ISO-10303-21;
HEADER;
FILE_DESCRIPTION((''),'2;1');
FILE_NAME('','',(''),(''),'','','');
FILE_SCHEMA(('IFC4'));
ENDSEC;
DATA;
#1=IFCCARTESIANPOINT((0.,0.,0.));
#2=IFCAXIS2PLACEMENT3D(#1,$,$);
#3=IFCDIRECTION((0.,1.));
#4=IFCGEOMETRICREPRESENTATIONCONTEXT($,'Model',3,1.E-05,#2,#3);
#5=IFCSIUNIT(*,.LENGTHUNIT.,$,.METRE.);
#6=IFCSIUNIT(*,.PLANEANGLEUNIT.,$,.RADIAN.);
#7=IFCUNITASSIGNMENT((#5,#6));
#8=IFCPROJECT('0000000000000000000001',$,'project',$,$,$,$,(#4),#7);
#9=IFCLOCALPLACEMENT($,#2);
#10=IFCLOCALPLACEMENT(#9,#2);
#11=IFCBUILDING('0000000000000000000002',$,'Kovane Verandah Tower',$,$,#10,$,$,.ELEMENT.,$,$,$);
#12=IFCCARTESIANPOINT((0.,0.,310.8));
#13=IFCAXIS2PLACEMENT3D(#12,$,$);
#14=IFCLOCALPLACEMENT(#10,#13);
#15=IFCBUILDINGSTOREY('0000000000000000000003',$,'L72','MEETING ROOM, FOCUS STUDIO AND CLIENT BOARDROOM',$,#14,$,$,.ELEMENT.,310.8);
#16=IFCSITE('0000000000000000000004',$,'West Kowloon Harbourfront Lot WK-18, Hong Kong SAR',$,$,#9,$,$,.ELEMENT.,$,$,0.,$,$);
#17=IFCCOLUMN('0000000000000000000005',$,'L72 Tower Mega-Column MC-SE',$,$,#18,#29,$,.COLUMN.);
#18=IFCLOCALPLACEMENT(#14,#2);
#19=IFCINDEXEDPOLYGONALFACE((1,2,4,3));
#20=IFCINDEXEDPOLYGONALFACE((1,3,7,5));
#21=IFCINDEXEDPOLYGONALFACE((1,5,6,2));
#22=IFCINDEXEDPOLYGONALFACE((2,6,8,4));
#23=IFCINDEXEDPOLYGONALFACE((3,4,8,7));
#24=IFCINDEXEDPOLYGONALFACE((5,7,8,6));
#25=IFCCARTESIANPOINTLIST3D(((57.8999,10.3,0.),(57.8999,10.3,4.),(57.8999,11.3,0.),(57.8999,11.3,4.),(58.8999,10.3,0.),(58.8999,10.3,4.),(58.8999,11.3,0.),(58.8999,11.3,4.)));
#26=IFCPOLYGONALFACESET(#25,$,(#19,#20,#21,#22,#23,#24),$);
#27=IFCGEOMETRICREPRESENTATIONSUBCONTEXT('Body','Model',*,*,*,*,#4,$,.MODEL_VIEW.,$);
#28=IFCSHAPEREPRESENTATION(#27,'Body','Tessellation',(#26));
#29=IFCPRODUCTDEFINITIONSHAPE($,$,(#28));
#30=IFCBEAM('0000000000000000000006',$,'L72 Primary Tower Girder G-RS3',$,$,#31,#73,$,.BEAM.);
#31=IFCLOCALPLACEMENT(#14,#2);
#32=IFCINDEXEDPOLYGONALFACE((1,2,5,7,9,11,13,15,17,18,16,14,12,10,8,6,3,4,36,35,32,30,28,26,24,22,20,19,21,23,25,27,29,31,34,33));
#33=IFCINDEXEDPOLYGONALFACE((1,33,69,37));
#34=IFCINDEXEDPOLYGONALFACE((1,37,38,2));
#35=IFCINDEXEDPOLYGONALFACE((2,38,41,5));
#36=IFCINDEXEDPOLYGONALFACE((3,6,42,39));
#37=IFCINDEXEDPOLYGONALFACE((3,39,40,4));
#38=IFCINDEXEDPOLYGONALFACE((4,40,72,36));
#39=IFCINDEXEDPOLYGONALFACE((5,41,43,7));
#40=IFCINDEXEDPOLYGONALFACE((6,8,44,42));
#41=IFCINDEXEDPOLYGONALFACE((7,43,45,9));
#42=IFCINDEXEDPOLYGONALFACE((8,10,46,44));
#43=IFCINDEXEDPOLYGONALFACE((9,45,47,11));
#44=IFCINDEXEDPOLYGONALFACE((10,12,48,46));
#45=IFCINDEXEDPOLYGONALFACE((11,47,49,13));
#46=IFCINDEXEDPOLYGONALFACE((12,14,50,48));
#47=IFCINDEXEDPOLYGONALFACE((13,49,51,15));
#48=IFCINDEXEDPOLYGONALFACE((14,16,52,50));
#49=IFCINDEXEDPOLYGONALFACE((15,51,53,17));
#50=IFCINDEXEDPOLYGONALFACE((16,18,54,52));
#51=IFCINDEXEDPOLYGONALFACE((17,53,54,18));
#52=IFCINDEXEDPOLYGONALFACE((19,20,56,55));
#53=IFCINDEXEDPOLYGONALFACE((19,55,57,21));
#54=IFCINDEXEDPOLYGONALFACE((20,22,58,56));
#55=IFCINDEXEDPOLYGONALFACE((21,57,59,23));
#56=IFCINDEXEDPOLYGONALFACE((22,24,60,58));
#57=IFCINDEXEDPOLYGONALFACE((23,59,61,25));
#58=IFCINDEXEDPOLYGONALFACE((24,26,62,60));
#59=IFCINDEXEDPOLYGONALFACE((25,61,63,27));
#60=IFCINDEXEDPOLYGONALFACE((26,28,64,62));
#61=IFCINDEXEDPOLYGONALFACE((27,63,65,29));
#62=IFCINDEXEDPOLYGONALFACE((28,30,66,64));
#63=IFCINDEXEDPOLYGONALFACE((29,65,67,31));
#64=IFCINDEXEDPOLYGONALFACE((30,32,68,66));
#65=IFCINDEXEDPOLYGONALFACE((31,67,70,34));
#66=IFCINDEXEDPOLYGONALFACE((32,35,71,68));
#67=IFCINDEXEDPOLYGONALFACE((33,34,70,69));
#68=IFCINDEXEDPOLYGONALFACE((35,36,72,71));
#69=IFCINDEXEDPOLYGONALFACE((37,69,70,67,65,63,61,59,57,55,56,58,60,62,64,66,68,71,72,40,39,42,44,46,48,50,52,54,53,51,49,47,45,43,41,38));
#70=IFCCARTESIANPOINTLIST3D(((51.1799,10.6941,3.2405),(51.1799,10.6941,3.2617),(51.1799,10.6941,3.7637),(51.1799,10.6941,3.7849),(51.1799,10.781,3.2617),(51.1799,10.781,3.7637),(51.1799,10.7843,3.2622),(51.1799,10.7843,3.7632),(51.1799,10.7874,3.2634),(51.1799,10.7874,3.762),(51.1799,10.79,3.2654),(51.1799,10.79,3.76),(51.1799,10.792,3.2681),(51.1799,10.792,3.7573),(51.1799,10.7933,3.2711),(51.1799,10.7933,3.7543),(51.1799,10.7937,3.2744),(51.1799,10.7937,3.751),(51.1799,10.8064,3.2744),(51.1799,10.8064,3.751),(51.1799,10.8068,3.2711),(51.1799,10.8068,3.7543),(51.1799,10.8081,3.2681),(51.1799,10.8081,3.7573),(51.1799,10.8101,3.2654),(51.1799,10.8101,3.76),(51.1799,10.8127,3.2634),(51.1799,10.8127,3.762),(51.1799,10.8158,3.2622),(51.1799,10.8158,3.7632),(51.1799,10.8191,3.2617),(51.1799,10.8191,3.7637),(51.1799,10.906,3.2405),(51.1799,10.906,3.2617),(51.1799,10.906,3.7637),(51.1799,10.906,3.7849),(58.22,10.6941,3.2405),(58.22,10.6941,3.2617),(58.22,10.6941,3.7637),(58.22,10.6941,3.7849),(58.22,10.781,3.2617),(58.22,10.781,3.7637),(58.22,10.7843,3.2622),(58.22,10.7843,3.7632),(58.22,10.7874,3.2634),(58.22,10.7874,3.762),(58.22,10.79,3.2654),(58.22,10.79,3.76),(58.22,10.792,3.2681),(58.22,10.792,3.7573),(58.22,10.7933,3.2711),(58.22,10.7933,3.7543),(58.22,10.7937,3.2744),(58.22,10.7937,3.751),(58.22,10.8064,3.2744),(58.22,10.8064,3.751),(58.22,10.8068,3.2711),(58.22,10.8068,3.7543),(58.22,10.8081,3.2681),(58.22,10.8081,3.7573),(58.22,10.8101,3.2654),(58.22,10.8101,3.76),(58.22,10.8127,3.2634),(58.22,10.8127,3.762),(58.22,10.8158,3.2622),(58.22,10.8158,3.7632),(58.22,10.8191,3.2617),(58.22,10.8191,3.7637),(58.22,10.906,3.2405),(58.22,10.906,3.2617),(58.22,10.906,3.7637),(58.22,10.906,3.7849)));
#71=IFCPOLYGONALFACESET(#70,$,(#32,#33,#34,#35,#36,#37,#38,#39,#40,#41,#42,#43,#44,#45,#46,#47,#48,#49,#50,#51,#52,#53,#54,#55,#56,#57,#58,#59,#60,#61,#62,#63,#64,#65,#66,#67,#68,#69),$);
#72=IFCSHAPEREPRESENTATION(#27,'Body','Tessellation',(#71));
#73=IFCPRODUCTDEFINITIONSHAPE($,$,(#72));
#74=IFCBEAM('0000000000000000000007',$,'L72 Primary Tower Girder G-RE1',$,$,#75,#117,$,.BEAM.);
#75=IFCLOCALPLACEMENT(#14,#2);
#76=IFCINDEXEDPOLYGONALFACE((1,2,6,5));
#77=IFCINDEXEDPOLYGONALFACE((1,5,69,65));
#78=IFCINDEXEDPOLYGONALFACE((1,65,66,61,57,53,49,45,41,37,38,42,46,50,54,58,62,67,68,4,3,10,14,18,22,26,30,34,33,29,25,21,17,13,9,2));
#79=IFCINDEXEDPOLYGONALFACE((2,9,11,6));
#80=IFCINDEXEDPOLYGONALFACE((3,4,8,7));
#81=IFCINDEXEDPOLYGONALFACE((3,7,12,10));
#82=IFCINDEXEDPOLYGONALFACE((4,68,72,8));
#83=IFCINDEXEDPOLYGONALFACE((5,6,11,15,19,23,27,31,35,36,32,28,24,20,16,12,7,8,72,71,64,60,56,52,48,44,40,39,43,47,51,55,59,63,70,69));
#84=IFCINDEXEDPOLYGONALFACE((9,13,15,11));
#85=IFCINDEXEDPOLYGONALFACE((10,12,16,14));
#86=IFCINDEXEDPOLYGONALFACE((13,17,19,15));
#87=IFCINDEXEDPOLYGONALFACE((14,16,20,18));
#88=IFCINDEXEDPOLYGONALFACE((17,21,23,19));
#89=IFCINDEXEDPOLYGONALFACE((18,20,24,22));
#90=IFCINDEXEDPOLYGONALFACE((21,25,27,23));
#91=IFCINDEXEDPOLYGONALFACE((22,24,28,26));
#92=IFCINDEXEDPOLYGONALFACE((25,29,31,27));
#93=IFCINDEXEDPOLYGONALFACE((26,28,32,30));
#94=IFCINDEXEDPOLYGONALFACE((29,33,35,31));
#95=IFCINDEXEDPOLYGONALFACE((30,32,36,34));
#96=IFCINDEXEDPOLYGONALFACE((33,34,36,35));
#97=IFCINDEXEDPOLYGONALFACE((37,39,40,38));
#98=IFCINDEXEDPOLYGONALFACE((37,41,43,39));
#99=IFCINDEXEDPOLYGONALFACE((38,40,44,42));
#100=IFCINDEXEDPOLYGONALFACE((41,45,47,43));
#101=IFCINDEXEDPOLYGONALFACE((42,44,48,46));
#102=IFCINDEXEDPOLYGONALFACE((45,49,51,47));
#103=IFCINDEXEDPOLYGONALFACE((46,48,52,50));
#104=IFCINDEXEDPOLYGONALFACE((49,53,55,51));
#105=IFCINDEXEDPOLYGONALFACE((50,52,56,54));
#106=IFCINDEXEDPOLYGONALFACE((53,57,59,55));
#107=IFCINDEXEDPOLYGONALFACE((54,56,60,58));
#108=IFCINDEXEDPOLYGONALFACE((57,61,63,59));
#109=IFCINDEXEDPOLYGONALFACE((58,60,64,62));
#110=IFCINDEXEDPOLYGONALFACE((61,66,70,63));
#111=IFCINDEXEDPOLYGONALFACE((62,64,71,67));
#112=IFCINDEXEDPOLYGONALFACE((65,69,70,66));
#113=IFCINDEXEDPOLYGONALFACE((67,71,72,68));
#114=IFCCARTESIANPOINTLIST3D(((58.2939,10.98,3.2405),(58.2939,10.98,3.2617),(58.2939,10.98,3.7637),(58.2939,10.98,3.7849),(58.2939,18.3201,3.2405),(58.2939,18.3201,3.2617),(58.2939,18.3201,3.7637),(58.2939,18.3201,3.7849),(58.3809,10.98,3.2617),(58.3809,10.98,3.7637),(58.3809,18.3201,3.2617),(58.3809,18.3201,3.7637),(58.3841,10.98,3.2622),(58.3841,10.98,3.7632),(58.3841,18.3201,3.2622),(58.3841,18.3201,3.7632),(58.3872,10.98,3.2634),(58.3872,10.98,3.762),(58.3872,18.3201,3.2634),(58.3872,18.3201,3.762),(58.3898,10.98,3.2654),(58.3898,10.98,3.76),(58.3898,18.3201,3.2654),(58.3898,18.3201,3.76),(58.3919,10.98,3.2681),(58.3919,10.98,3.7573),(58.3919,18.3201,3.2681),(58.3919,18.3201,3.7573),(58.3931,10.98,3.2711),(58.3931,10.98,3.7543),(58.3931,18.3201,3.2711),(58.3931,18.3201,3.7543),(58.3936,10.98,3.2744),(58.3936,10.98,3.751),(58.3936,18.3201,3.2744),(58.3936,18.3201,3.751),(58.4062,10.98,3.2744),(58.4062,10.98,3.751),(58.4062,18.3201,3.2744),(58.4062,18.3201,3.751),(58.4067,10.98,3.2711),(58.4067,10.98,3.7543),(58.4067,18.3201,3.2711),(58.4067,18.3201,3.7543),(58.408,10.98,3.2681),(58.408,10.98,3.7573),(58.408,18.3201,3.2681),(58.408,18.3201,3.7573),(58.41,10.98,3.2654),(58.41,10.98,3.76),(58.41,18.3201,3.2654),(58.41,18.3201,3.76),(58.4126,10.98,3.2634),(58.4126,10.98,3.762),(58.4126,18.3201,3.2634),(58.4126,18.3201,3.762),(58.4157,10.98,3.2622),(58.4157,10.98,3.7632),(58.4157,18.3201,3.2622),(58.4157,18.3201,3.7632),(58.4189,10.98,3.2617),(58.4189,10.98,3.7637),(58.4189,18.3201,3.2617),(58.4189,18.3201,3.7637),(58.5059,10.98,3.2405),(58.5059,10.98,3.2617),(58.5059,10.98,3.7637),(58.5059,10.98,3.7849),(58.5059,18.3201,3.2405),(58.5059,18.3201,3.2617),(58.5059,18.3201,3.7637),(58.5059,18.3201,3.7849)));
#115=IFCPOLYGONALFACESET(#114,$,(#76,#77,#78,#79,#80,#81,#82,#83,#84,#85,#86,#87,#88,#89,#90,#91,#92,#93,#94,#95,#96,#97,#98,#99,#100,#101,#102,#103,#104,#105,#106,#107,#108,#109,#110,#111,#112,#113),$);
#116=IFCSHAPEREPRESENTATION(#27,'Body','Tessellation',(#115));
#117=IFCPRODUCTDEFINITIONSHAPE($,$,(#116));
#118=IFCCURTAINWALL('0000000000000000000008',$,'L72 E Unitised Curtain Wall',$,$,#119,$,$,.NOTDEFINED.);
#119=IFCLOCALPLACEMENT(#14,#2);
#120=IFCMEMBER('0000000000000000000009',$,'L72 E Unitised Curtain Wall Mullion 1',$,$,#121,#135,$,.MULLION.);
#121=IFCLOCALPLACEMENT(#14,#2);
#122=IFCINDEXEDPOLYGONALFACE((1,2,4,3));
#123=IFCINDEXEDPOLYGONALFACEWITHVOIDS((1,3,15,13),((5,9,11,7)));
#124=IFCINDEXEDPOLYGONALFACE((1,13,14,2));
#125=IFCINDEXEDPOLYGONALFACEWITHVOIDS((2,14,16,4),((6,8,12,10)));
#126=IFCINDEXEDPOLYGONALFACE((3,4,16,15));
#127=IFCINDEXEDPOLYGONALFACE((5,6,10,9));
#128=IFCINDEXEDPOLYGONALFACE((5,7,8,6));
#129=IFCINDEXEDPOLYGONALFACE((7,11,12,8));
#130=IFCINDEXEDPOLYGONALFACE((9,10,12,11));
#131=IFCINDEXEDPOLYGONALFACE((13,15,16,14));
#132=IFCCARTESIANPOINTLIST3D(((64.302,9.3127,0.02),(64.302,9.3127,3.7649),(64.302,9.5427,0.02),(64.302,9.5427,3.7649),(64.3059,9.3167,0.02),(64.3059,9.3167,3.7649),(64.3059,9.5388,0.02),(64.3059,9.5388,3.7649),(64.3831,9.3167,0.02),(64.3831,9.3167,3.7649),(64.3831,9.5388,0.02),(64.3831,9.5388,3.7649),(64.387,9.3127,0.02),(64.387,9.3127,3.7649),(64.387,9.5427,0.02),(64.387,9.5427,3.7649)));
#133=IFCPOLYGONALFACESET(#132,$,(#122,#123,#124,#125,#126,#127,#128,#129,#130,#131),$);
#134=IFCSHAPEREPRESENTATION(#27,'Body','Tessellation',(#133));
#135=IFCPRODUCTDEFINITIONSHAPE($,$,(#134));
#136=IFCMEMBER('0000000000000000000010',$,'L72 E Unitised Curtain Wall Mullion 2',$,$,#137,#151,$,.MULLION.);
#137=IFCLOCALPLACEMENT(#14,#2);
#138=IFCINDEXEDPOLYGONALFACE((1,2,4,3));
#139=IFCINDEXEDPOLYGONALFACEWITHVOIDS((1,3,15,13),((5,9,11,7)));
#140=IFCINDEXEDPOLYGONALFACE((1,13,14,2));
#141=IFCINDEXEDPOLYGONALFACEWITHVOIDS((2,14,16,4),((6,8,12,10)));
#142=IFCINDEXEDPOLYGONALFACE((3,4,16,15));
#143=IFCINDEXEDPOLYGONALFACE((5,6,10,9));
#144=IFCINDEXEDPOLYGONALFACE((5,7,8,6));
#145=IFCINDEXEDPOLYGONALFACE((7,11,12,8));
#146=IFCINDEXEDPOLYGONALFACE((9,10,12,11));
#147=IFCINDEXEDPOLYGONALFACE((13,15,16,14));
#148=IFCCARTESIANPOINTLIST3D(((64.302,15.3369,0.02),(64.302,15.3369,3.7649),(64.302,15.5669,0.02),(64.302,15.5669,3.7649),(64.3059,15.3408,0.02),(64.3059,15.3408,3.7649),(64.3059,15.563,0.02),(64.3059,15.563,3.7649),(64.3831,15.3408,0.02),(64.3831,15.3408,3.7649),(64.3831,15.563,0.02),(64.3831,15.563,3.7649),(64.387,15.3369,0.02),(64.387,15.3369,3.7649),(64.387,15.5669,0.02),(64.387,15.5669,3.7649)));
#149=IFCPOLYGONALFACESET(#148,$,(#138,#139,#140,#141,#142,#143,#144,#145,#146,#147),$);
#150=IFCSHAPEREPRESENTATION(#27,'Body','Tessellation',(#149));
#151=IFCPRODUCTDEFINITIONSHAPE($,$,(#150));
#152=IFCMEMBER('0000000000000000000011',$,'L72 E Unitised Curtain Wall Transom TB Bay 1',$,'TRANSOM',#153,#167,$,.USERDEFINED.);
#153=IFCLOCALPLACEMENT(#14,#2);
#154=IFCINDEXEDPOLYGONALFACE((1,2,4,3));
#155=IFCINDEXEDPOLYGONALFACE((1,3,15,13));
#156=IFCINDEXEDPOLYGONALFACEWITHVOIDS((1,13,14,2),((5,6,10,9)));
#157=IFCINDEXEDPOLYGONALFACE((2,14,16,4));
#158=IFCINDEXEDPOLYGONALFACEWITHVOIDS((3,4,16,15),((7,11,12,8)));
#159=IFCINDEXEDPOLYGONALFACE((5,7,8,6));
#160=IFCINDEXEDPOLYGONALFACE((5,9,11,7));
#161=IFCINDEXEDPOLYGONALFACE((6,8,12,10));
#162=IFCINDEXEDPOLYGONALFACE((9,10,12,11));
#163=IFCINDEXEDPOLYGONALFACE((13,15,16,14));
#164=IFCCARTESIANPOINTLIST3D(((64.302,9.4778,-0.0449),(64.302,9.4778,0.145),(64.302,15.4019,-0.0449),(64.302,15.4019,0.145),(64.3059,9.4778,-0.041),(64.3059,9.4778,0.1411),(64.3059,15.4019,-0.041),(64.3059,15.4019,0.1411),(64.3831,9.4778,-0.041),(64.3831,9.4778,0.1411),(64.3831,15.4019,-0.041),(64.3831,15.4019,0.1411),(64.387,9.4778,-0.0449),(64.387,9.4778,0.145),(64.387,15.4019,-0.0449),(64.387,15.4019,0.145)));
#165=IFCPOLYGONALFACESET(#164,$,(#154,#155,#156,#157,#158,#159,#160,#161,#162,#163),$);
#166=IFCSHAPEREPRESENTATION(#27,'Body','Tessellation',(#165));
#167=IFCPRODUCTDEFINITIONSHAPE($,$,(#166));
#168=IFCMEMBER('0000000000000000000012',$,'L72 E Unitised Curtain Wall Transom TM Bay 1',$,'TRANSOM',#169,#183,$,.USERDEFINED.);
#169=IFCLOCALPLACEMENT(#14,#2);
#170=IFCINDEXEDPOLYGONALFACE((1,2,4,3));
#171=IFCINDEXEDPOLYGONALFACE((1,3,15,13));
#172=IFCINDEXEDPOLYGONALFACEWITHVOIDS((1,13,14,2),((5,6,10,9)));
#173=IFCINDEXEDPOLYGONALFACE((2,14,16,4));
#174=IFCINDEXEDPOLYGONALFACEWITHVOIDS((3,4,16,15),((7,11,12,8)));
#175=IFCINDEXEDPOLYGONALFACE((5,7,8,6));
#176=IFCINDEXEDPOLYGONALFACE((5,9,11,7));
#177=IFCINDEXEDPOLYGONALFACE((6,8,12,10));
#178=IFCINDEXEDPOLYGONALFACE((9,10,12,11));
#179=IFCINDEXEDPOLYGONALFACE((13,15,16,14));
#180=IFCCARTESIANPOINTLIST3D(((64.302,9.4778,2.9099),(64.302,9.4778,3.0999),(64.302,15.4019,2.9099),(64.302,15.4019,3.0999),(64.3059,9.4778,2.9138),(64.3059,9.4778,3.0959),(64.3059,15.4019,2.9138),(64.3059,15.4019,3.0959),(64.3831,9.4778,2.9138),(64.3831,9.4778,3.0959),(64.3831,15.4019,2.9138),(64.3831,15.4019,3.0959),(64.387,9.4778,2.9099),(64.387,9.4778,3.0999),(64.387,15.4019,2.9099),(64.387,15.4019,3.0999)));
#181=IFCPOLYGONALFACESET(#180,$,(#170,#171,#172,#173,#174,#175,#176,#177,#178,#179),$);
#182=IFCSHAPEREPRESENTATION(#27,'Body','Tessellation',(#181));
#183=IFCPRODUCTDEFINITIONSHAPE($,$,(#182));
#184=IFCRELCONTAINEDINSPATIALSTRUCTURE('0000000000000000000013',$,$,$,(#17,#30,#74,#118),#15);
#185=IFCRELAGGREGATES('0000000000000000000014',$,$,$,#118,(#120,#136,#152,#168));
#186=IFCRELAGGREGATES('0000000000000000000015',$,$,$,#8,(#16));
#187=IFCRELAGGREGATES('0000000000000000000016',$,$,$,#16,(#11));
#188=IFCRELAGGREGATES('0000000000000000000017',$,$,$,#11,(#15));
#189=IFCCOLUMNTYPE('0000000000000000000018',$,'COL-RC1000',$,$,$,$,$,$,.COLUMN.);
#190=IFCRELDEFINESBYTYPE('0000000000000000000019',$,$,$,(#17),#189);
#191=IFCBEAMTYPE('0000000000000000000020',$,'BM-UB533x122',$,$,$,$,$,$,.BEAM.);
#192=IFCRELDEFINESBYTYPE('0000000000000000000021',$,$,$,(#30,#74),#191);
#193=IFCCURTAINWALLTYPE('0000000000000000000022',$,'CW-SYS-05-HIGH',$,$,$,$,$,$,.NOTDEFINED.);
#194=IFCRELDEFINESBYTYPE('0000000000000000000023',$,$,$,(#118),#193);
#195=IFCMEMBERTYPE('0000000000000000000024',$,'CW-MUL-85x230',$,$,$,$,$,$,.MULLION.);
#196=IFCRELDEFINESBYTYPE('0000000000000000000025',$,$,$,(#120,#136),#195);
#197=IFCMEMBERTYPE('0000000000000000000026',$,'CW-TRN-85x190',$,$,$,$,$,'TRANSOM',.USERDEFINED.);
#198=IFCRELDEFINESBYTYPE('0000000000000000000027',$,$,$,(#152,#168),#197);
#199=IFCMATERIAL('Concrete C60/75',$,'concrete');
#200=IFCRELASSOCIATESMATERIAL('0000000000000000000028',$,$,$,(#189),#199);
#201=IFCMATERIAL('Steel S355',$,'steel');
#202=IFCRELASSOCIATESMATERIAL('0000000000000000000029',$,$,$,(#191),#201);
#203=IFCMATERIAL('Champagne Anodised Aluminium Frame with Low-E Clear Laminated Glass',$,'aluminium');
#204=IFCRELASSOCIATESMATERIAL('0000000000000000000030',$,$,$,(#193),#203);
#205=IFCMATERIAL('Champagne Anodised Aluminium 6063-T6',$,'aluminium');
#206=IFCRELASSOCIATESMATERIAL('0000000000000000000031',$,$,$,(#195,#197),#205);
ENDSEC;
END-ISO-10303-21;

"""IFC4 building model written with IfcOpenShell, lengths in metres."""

from ifc_helpers import new_model, si_unit, direction, frame, origin, origin_2d, place, context, subcontext, project, spatial, rectangle, hollow_rectangle, i_section, extrude, material, material_profile, profile_set, type_object, element, aggregate, save


model = new_model("IFC4")

# Units and contexts
model_context = context("Model", 3, precision=1e-05, world=origin(), true_north=direction((0.0, 1.0)))
body_context = subcontext(model_context, "Body", "Model", "MODEL_VIEW")
ifc_project = project(units=[si_unit("LENGTHUNIT", "METRE"), si_unit("PLANEANGLEUNIT", "RADIAN")], contexts=[model_context])

# Site, building, storey
site_placement = place(None, origin())
site = spatial("IfcSite", under=ifc_project, at=site_placement, Name="West Kowloon Harbourfront Lot WK-18, Hong Kong SAR", CompositionType="ELEMENT", RefElevation=0.0)
building_placement = place(site_placement, origin())
building = spatial("IfcBuilding", under=site, at=building_placement, Name="Kovane Verandah Tower", CompositionType="ELEMENT")
storey_placement = place(building_placement, frame((0.0, 0.0, 310.8)))
storey = spatial("IfcBuildingStorey", under=building, at=storey_placement, Name="L72", Description="MEETING ROOM, FOCUS STUDIO AND CLIENT BOARDROOM", CompositionType="ELEMENT", Elevation=310.8)

# Column
ifc_material_1 = material(Name="Concrete C60/75", Category="concrete")
ifc_material_profile_1 = material_profile(ifc_material_1, rectangle(XDim=1.0, YDim=1.0, at=origin_2d()), Name="RC1000x1000")
ifc_profile_set_1 = profile_set([ifc_material_profile_1], Name="Concrete C60/75")
column_type = type_object("IfcColumnType", Name="COL-RC1000", PredefinedType="COLUMN", material=ifc_profile_set_1)
column_placement = place(storey_placement, frame((58.3999, 10.8, 0.0), z_axis=(0.0, 0.0, 1.0), x_axis=(1.0, 0.0, 0.0)))
element("IfcColumn", 1, at=column_placement, inside=storey, type_object=column_type, Name="L72 Tower Mega-Column MC-SE", PredefinedType="COLUMN", context=body_context, shape_type="SweptSolid", body=[
    extrude(rectangle(XDim=1.0, YDim=1.0, at=origin_2d()), origin(), (0.0, 0.0, 1.0), 4.0),
])

# Beams
ifc_material_2 = material(Name="Steel S355", Category="steel")
ifc_material_profile_2 = material_profile(ifc_material_2, i_section(OverallWidth=0.2119, OverallDepth=0.5444, WebThickness=0.0127, FlangeThickness=0.0212, FilletRadius=0.0127, at=origin_2d()), Name="UB533x210x122")
ifc_profile_set_2 = profile_set([ifc_material_profile_2], Name="Steel S355")
beam_type_1 = type_object("IfcBeamType", Name="BM-UB533x122", PredefinedType="BEAM", material=ifc_profile_set_2)
beam_1_placement = place(storey_placement, frame((51.1799, 10.8, 3.5127), z_axis=(1.0, 0.0, 0.0), x_axis=(0.0, 1.0, 0.0)))
element("IfcBeam", 2, at=beam_1_placement, inside=storey, type_object=beam_type_1, Name="L72 Primary Tower Girder G-RS3", PredefinedType="BEAM", context=body_context, shape_type="SweptSolid", body=[
    extrude(i_section(OverallWidth=0.2119, OverallDepth=0.5444, WebThickness=0.0127, FlangeThickness=0.0212, FilletRadius=0.0127, at=origin_2d()), origin(), (0.0, 0.0, 1.0), 7.04),
])
beam_2_placement = place(storey_placement, frame((58.3999, 10.98, 3.5127), z_axis=(0.0, 1.0, 0.0), x_axis=(-1.0, 0.0, 0.0)))
element("IfcBeam", 3, at=beam_2_placement, inside=storey, type_object=beam_type_1, Name="L72 Primary Tower Girder G-RE1", PredefinedType="BEAM", context=body_context, shape_type="SweptSolid", body=[
    extrude(i_section(OverallWidth=0.2119, OverallDepth=0.5444, WebThickness=0.0127, FlangeThickness=0.0212, FilletRadius=0.0127, at=origin_2d()), origin(), (0.0, 0.0, 1.0), 7.3401),
])

# Curtain wall, members
ifc_material_3 = material(Name="Champagne Anodised Aluminium Frame with Low-E Clear Laminated Glass", Category="aluminium")
curtain_wall_type = type_object("IfcCurtainWallType", Name="CW-SYS-05-HIGH", PredefinedType="NOTDEFINED", material=ifc_material_3)
curtain_wall_placement = place(storey_placement, origin())
curtain_wall = element("IfcCurtainWall", 4, at=curtain_wall_placement, inside=storey, type_object=curtain_wall_type, Name="L72 E Unitised Curtain Wall", PredefinedType="NOTDEFINED")
ifc_material_4 = material(Name="Champagne Anodised Aluminium 6063-T6", Category="aluminium")
ifc_material_profile_3 = material_profile(ifc_material_4, hollow_rectangle(XDim=0.085, YDim=0.23, WallThickness=0.0039, at=origin_2d()), Name="AL85x230x4")
ifc_profile_set_3 = profile_set([ifc_material_profile_3], Name="Champagne Anodised Aluminium 6063-T6")
member_type_1 = type_object("IfcMemberType", Name="CW-MUL-85x230", PredefinedType="MULLION", material=ifc_profile_set_3)
member_1_placement = place(storey_placement, frame((64.3445, 9.4277, 0.02), z_axis=(0.0, 0.0, 1.0), x_axis=(1.0, 0.0, 0.0)))
member_1 = element("IfcMember", 5, at=member_1_placement, type_object=member_type_1, Name="L72 E Unitised Curtain Wall Mullion 1", PredefinedType="MULLION", context=body_context, shape_type="SweptSolid", body=[
    extrude(hollow_rectangle(XDim=0.085, YDim=0.23, WallThickness=0.0039, at=origin_2d()), origin(), (0.0, 0.0, 1.0), 3.7449),
])
member_2_placement = place(storey_placement, frame((64.3445, 15.4519, 0.02), z_axis=(0.0, 0.0, 1.0), x_axis=(1.0, 0.0, 0.0)))
member_2 = element("IfcMember", 6, at=member_2_placement, type_object=member_type_1, Name="L72 E Unitised Curtain Wall Mullion 2", PredefinedType="MULLION", context=body_context, shape_type="SweptSolid", body=[
    extrude(hollow_rectangle(XDim=0.085, YDim=0.23, WallThickness=0.0039, at=origin_2d()), origin(), (0.0, 0.0, 1.0), 3.7449),
])
ifc_material_profile_4 = material_profile(ifc_material_4, hollow_rectangle(XDim=0.085, YDim=0.1899, WallThickness=0.0039, at=origin_2d()), Name="AL85x190x4")
ifc_profile_set_4 = profile_set([ifc_material_profile_4], Name="Champagne Anodised Aluminium 6063-T6")
member_type_2 = type_object("IfcMemberType", Name="CW-TRN-85x190", ElementType="TRANSOM", PredefinedType="USERDEFINED", material=ifc_profile_set_4)
member_3_placement = place(storey_placement, frame((64.3445, 9.4778, 0.05), z_axis=(0.0, 1.0, 0.0), x_axis=(-1.0, 0.0, 0.0)))
member_3 = element("IfcMember", 7, at=member_3_placement, type_object=member_type_2, Name="L72 E Unitised Curtain Wall Transom TB Bay 1", ObjectType="TRANSOM", PredefinedType="USERDEFINED", context=body_context, shape_type="SweptSolid", body=[
    extrude(hollow_rectangle(XDim=0.085, YDim=0.1899, WallThickness=0.0039, at=origin_2d()), origin(), (0.0, 0.0, 1.0), 5.9241),
])
member_4_placement = place(storey_placement, frame((64.3445, 9.4778, 3.0049), z_axis=(0.0, 1.0, 0.0), x_axis=(-1.0, 0.0, 0.0)))
member_4 = element("IfcMember", 8, at=member_4_placement, type_object=member_type_2, Name="L72 E Unitised Curtain Wall Transom TM Bay 1", ObjectType="TRANSOM", PredefinedType="USERDEFINED", context=body_context, shape_type="SweptSolid", body=[
    extrude(hollow_rectangle(XDim=0.085, YDim=0.1899, WallThickness=0.0039, at=origin_2d()), origin(), (0.0, 0.0, 1.0), 5.9241),
])

aggregate(curtain_wall, [member_1, member_2, member_3, member_4])

save(model, "model.ifc")
